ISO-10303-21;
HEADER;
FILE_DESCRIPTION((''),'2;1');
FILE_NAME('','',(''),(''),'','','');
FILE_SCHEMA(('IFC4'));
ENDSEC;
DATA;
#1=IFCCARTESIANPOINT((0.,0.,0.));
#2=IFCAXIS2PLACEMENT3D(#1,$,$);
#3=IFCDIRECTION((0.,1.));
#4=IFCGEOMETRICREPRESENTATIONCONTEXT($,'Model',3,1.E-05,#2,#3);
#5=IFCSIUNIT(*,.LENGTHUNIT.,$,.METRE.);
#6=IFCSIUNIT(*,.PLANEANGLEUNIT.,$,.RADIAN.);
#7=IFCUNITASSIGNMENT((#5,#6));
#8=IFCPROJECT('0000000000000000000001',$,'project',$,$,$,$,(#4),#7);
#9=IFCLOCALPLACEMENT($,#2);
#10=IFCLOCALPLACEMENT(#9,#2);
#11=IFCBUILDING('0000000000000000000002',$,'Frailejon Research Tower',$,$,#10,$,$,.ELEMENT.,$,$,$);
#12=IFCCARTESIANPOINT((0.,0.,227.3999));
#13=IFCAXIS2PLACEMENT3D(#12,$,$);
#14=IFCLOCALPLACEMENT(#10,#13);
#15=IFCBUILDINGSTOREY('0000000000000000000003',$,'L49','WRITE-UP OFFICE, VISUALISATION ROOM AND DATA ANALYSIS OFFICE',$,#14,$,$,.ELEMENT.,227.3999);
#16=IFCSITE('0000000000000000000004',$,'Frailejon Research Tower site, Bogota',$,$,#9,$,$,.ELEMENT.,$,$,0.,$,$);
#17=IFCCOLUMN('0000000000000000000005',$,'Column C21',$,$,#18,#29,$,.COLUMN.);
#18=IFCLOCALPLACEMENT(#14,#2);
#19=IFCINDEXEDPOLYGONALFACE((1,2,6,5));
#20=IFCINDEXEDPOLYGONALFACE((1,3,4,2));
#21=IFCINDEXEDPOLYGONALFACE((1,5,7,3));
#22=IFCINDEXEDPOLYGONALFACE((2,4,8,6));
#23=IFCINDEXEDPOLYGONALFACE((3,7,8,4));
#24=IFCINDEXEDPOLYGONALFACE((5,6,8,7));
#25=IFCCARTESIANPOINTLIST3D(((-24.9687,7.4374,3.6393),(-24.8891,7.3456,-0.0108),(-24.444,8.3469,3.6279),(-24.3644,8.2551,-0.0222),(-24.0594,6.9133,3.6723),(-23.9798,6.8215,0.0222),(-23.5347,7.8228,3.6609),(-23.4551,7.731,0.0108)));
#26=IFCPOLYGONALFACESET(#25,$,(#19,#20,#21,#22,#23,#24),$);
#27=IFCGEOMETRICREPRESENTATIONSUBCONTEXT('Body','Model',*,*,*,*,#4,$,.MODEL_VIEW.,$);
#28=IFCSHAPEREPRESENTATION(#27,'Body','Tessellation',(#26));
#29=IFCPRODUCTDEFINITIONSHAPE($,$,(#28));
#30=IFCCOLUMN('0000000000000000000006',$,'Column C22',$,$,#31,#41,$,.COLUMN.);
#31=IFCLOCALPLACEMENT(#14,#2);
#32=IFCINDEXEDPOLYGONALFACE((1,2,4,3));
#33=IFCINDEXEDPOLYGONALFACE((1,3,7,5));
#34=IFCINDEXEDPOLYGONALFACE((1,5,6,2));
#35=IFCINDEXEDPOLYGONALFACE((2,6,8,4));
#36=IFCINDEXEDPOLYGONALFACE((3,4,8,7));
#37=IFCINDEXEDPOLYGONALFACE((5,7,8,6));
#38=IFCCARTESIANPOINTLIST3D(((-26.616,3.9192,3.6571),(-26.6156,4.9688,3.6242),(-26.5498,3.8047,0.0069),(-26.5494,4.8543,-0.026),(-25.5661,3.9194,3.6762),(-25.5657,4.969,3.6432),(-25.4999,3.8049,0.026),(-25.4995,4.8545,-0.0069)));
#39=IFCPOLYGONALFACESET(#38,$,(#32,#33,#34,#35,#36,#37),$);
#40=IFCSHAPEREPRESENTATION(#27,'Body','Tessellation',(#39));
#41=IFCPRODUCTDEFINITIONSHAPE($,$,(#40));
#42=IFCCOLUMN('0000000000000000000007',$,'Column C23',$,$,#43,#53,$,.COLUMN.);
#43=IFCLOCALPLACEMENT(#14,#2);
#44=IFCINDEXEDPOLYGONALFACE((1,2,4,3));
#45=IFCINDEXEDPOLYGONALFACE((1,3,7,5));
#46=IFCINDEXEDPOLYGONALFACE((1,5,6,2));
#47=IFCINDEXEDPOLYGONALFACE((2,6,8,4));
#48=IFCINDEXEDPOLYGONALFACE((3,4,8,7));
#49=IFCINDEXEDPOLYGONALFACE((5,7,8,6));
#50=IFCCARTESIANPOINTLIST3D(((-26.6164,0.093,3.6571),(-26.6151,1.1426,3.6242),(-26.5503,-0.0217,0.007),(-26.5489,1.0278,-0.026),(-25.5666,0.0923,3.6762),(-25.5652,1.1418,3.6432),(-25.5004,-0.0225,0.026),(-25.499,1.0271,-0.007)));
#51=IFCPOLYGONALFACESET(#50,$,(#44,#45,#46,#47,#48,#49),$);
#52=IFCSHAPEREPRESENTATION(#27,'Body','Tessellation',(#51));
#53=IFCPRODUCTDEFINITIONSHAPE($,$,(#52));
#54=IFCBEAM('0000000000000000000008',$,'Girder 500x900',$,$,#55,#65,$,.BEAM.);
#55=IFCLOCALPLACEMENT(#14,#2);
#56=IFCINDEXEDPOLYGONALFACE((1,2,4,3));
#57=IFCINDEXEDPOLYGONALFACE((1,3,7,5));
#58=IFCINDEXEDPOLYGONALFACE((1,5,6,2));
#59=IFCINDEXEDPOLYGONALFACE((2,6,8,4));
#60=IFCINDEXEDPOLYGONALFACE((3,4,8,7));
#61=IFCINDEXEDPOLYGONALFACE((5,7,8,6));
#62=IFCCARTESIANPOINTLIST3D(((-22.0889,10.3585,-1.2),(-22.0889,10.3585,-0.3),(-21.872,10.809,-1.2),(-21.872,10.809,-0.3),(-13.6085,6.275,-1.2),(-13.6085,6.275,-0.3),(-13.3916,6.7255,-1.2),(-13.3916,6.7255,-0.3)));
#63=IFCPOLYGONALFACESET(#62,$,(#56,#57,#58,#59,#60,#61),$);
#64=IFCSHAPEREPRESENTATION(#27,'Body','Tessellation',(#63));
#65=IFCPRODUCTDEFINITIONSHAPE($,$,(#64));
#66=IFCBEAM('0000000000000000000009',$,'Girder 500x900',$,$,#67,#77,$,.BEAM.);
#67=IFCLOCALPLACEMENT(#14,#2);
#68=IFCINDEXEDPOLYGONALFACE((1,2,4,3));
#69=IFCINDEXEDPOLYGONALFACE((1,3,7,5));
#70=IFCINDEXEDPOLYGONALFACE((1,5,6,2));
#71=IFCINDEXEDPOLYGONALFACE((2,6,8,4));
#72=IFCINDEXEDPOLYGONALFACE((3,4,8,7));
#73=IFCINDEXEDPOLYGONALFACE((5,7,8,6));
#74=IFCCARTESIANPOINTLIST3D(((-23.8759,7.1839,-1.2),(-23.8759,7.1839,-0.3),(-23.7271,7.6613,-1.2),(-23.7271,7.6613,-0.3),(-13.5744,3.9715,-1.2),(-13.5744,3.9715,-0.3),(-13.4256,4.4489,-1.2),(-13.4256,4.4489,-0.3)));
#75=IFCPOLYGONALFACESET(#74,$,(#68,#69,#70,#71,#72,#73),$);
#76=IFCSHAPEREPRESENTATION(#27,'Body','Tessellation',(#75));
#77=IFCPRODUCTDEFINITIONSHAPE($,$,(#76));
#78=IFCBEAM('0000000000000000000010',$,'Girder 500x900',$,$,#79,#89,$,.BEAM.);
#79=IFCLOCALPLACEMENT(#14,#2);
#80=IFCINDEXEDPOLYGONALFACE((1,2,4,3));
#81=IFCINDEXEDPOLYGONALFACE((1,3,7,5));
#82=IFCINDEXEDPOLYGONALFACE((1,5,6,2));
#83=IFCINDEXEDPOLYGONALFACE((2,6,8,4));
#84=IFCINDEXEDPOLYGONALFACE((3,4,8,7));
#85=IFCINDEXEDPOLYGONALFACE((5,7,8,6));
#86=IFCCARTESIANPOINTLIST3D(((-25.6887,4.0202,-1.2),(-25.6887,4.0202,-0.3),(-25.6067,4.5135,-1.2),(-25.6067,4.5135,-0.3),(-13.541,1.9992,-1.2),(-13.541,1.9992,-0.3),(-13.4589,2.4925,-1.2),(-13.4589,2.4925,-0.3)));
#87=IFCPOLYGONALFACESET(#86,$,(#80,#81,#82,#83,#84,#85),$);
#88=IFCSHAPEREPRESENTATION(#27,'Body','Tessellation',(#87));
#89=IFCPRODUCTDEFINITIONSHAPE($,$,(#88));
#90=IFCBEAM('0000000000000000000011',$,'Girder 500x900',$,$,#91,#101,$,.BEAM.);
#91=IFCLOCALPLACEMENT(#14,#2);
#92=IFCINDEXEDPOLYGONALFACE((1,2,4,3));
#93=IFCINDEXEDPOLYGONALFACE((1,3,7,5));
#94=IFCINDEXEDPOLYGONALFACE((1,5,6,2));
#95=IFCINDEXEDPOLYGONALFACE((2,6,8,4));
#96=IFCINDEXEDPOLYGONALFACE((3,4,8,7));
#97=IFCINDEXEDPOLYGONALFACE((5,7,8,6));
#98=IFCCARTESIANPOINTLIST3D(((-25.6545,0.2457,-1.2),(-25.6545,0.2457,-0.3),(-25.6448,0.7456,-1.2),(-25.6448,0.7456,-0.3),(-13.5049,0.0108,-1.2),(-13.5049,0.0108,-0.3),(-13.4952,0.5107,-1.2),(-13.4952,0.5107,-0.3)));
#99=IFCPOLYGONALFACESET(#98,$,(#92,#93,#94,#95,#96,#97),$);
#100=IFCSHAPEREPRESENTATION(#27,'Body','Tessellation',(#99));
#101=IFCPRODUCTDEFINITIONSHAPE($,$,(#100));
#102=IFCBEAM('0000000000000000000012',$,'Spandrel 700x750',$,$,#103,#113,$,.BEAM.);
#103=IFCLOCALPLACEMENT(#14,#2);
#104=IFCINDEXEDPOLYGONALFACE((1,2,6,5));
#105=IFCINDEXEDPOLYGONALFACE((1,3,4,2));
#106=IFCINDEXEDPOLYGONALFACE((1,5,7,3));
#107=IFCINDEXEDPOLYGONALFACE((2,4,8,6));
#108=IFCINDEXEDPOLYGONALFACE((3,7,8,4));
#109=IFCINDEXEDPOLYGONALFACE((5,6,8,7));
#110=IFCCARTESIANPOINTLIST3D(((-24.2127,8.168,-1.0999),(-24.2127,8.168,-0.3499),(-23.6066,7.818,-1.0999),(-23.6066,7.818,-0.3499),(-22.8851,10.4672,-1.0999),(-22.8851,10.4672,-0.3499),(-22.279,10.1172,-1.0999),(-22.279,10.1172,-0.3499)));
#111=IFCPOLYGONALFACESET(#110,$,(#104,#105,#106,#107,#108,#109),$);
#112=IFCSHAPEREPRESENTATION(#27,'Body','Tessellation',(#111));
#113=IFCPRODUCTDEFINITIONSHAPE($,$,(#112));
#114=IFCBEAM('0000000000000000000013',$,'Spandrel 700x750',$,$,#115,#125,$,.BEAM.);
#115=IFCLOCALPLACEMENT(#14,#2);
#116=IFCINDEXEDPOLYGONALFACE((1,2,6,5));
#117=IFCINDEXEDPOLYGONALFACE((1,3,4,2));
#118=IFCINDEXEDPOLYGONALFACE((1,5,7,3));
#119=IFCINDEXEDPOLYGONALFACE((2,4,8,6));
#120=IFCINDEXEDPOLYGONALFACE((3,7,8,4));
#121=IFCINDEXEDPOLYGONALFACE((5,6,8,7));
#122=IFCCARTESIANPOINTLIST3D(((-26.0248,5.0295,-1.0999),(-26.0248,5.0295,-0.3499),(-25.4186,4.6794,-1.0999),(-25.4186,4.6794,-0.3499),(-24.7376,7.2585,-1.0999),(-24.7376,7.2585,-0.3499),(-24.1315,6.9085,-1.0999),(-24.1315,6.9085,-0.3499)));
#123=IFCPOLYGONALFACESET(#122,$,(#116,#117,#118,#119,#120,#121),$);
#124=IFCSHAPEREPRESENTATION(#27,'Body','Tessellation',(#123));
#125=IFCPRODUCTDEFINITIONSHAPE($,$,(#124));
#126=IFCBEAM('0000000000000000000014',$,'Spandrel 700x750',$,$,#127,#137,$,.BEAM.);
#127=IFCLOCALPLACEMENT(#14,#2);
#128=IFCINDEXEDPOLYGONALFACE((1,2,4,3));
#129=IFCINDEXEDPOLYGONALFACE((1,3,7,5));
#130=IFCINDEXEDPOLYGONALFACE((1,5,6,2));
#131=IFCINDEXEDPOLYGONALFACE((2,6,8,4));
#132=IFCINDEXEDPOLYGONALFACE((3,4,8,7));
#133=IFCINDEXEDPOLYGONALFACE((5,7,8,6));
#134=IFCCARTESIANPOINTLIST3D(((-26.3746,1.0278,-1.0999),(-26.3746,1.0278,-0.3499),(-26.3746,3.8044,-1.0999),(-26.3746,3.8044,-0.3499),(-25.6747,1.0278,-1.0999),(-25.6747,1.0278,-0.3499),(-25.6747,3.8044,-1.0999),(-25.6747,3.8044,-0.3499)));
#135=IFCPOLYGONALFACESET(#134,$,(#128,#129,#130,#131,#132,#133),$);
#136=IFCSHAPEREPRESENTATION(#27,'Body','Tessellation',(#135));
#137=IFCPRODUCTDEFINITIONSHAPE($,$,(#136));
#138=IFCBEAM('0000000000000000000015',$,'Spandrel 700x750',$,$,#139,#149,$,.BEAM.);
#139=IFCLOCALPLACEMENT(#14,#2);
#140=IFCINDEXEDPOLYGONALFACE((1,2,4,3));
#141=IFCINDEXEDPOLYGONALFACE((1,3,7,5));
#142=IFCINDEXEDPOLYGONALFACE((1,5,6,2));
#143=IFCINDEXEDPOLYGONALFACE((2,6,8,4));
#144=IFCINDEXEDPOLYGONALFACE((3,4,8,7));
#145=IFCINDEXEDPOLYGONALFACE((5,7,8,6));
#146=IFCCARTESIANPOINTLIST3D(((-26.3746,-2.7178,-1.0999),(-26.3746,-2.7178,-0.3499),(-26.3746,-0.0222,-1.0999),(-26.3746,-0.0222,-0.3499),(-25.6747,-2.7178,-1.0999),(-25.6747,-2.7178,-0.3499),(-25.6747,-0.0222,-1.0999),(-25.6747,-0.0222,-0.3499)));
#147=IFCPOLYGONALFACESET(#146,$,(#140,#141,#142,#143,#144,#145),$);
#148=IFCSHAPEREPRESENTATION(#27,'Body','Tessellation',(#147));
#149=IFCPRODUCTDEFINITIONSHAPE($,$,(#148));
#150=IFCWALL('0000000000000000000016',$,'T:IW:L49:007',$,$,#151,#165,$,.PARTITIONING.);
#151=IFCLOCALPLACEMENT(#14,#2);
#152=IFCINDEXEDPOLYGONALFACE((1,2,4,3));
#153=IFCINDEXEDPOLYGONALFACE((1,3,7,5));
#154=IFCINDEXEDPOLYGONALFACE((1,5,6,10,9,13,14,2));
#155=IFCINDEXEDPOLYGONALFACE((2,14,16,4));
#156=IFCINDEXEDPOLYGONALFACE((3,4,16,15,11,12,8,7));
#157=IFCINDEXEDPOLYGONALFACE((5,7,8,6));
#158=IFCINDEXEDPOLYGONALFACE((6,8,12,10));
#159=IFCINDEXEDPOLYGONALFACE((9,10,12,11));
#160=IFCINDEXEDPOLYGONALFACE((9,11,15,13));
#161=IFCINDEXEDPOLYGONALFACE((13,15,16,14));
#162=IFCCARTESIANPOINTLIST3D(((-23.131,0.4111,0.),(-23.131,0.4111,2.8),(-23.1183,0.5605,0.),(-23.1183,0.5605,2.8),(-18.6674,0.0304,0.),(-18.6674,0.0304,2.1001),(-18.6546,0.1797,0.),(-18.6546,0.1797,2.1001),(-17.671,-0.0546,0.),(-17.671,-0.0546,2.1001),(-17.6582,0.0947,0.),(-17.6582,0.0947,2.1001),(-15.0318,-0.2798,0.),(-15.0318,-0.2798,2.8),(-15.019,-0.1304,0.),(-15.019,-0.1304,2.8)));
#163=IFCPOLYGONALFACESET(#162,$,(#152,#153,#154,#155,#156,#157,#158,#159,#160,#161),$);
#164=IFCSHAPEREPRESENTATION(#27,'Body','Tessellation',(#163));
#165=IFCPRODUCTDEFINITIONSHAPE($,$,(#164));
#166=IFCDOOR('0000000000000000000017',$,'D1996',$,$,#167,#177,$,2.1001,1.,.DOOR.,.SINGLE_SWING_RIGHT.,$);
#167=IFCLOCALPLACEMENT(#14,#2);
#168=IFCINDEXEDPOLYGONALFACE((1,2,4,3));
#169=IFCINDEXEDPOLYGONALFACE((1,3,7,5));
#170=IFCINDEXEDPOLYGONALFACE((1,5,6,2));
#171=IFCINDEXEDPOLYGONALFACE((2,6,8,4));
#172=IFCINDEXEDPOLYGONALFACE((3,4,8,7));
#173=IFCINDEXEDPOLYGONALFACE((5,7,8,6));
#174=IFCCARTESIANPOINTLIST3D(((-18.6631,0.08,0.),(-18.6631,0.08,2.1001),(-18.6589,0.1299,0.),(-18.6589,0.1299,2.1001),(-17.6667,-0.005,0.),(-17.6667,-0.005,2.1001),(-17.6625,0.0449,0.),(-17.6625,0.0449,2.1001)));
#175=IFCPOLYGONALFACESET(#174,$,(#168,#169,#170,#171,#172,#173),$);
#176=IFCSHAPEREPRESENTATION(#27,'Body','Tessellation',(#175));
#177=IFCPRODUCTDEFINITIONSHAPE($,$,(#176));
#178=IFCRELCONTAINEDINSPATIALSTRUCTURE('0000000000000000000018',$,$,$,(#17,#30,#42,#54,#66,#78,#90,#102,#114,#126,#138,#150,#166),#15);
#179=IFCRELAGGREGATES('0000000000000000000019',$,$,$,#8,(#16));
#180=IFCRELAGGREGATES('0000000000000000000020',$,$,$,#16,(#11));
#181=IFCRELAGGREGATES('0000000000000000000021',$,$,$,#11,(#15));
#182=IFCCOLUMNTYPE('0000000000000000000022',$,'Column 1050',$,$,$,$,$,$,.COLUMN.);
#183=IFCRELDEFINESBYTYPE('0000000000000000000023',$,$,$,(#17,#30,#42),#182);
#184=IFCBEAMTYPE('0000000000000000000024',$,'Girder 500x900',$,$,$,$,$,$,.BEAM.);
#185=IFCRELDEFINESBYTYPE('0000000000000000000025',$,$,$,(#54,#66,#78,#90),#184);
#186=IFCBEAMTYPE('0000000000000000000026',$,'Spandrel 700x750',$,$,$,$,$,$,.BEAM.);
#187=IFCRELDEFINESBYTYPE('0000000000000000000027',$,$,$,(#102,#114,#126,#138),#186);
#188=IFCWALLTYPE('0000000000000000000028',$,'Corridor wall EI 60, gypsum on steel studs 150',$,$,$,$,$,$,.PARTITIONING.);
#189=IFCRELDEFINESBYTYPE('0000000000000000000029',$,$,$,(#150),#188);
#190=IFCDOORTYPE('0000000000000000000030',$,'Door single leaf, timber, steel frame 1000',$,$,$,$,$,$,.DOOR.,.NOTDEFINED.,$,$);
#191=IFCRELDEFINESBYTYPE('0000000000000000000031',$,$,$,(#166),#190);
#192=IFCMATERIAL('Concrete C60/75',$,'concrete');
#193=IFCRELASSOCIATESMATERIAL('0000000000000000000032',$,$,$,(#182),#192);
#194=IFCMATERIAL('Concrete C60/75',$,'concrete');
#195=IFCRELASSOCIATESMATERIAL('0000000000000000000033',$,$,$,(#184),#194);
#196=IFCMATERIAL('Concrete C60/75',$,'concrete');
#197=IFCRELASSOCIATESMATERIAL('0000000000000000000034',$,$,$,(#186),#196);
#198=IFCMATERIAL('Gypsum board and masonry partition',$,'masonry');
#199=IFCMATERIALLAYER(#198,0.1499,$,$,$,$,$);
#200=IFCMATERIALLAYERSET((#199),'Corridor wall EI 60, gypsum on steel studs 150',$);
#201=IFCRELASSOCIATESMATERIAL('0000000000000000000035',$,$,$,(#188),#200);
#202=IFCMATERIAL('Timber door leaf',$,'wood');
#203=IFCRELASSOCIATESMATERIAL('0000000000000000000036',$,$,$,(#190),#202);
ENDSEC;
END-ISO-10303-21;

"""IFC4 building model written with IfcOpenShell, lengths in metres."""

from ifc_helpers import new_model, si_unit, direction, frame, frame_2d, origin, origin_2d, place, context, subcontext, project, spatial, rectangle, extrude, material, layer, layer_set, material_profile, profile_set, type_object, element, fill, save


model = new_model("IFC4")

# Units and contexts
model_context = context("Model", 3, precision=1e-05, world=origin(), true_north=direction((0.0, 1.0)))
body_context = subcontext(model_context, "Body", "Model", "MODEL_VIEW")
ifc_project = project(units=[si_unit("LENGTHUNIT", "METRE"), si_unit("PLANEANGLEUNIT", "RADIAN")], contexts=[model_context])

# Site, building, storey
site_placement = place(None, origin())
site = spatial("IfcSite", under=ifc_project, at=site_placement, Name="Frailejon Research Tower site, Bogota", CompositionType="ELEMENT", RefElevation=0.0)
building_placement = place(site_placement, origin())
building = spatial("IfcBuilding", under=site, at=building_placement, Name="Frailejon Research Tower", CompositionType="ELEMENT")
storey_placement = place(building_placement, frame((0.0, 0.0, 227.3999)))
storey = spatial("IfcBuildingStorey", under=building, at=storey_placement, Name="L49", Description="WRITE-UP OFFICE, VISUALISATION ROOM AND DATA ANALYSIS OFFICE", CompositionType="ELEMENT", Elevation=227.3999)

# Columns
ifc_material_1 = material(Name="Concrete C60/75", Category="concrete")
ifc_material_profile_1 = material_profile(ifc_material_1, rectangle(XDim=1.05, YDim=1.05, at=origin_2d()), Name="Column 1050")
ifc_profile_set_1 = profile_set([ifc_material_profile_1], Name="Concrete C60/75")
column_type = type_object("IfcColumnType", Name="Column 1050", PredefinedType="COLUMN", material=ifc_profile_set_1)
column_placement = place(storey_placement, frame((-24.1721, 7.5383, 0.0), z_axis=(-0.021792, 0.025135, 0.999447), x_axis=(-0.499665, -0.86615, 0.010888)))
element("IfcColumn", 1, at=column_placement, inside=storey, type_object=column_type, Name="Column C21", PredefinedType="COLUMN", context=body_context, shape_type="SweptSolid", body=[
    extrude(rectangle(XDim=1.05, YDim=1.05, at=origin_2d()), origin(), (0.0, 0.0, 1.0), 3.6521),
])
for number, where, z_axis, x_axis, name in (
    (2, (-26.0247, 4.3296, 0.0), (-0.018114, 0.031349, 0.999344), (-0.000375, -0.999508, 0.031347), "Column C22"),
    (3, (-26.0247, 0.5027, 0.0), (-0.018114, 0.031415, 0.999342), (-0.001297, -0.999506, 0.031397), "Column C23"),
):
    element("IfcColumn", number, at=place(storey_placement, frame(where, z_axis=z_axis, x_axis=x_axis)), inside=storey, type_object=column_type, Name=name, PredefinedType="COLUMN", context=body_context, shape_type="SweptSolid", body=[
        extrude(rectangle(XDim=1.05, YDim=1.05, at=origin_2d()), origin(), (0.0, 0.0, 1.0), 3.6526),
    ])

# Beams
ifc_material_2 = material(Name="Concrete C60/75", Category="concrete")
ifc_material_profile_2 = material_profile(ifc_material_2, rectangle(XDim=0.5, YDim=0.8999, at=origin_2d()), Name="Girder 500x900")
ifc_profile_set_2 = profile_set([ifc_material_profile_2], Name="Concrete C60/75")
beam_type_1 = type_object("IfcBeamType", Name="Girder 500x900", PredefinedType="BEAM", material=ifc_profile_set_2)
beam_1_placement = place(storey_placement, frame((-21.9805, 10.5837, -0.75), z_axis=(0.900989, -0.433842, 0.0), x_axis=(0.433842, 0.900989, 0.0)))
element("IfcBeam", 4, at=beam_1_placement, inside=storey, type_object=beam_type_1, Name="Girder 500x900", PredefinedType="BEAM", context=body_context, shape_type="SweptSolid", body=[
    extrude(rectangle(XDim=0.5, YDim=0.8999, at=origin_2d()), origin(), (0.0, 0.0, 1.0), 9.4124),
])
beam_2_placement = place(storey_placement, frame((-23.8015, 7.4226, -0.75), z_axis=(0.95466, -0.297699, 0.0), x_axis=(0.297699, 0.95466, 0.0)))
element("IfcBeam", 5, at=beam_2_placement, inside=storey, type_object=beam_type_1, Name="Girder 500x900", PredefinedType="BEAM", context=body_context, shape_type="SweptSolid", body=[
    extrude(rectangle(XDim=0.5, YDim=0.8999, at=origin_2d()), origin(), (0.0, 0.0, 1.0), 10.7908),
])
beam_3_placement = place(storey_placement, frame((-25.6477, 4.2668, -0.75), z_axis=(0.986442, -0.164113, 0.0), x_axis=(0.164113, 0.986442, 0.0)))
element("IfcBeam", 6, at=beam_3_placement, inside=storey, type_object=beam_type_1, Name="Girder 500x900", PredefinedType="BEAM", context=body_context, shape_type="SweptSolid", body=[
    extrude(rectangle(XDim=0.5, YDim=0.8999, at=origin_2d()), origin(), (0.0, 0.0, 1.0), 12.3147),
])
beam_4_placement = place(storey_placement, frame((-25.6497, 0.4956, -0.75), z_axis=(0.999813, -0.019327, 0.0), x_axis=(0.019327, 0.999813, 0.0)))
element("IfcBeam", 7, at=beam_4_placement, inside=storey, type_object=beam_type_1, Name="Girder 500x900", PredefinedType="BEAM", context=body_context, shape_type="SweptSolid", body=[
    extrude(rectangle(XDim=0.5, YDim=0.8999, at=origin_2d()), origin(), (0.0, 0.0, 1.0), 12.1519),
])
ifc_material_3 = material(Name="Concrete C60/75", Category="concrete")
ifc_material_profile_3 = material_profile(ifc_material_3, rectangle(XDim=0.7, YDim=0.75, at=origin_2d()), Name="Spandrel 700x750")
ifc_profile_set_3 = profile_set([ifc_material_profile_3], Name="Concrete C60/75")
beam_type_2 = type_object("IfcBeamType", Name="Spandrel 700x750", PredefinedType="BEAM", material=ifc_profile_set_3)
beam_5_placement = place(storey_placement, frame((-22.582, 10.2922, -0.7249), z_axis=(-0.500036, -0.866005, 0.0), x_axis=(0.866005, -0.500036, 0.0)))
element("IfcBeam", 8, at=beam_5_placement, inside=storey, type_object=beam_type_2, Name="Spandrel 700x750", PredefinedType="BEAM", context=body_context, shape_type="SweptSolid", body=[
    extrude(rectangle(XDim=0.7, YDim=0.75, at=origin_2d()), origin(), (0.0, 0.0, 1.0), 2.655),
])
beam_6_placement = place(storey_placement, frame((-24.4346, 7.0835, -0.7249), z_axis=(-0.500056, -0.865993, 0.0), x_axis=(0.865993, -0.500056, 0.0)))
element("IfcBeam", 9, at=beam_6_placement, inside=storey, type_object=beam_type_2, Name="Spandrel 700x750", PredefinedType="BEAM", context=body_context, shape_type="SweptSolid", body=[
    extrude(rectangle(XDim=0.7, YDim=0.75, at=origin_2d()), origin(), (0.0, 0.0, 1.0), 2.574),
])
beam_7_placement = place(storey_placement, frame((-26.0247, 3.8044, -0.7249), z_axis=(0.0, -1.0, 0.0), x_axis=(1.0, 0.0, 0.0)))
element("IfcBeam", 10, at=beam_7_placement, inside=storey, type_object=beam_type_2, Name="Spandrel 700x750", PredefinedType="BEAM", context=body_context, shape_type="SweptSolid", body=[
    extrude(rectangle(XDim=0.7, YDim=0.75, at=origin_2d()), origin(), (0.0, 0.0, 1.0), 2.7766),
])
beam_8_placement = place(storey_placement, frame((-26.0247, -0.0222, -0.7249), z_axis=(0.0, -1.0, 0.0), x_axis=(1.0, 0.0, 0.0)))
element("IfcBeam", 11, at=beam_8_placement, inside=storey, type_object=beam_type_2, Name="Spandrel 700x750", PredefinedType="BEAM", context=body_context, shape_type="SweptSolid", body=[
    extrude(rectangle(XDim=0.7, YDim=0.75, at=origin_2d()), origin(), (0.0, 0.0, 1.0), 2.6956),
])

# Wall, opening, door
ifc_material_4 = material(Name="Gypsum board and masonry partition", Category="masonry")
ifc_layer_1 = layer(ifc_material_4, 0.1499)
ifc_layer_set_1 = layer_set([ifc_layer_1], Name="Corridor wall EI 60, gypsum on steel studs 150")
wall_type_1 = type_object("IfcWallType", Name="Corridor wall EI 60, gypsum on steel studs 150", PredefinedType="PARTITIONING", material=ifc_layer_set_1)
wall_1_placement = place(storey_placement, frame((-23.1248, 0.4858, 0.0), z_axis=(0.0, 0.0, 1.0), x_axis=(0.996381, -0.084997, 0.0)))
wall_1 = element("IfcWall", 12, at=wall_1_placement, inside=storey, type_object=wall_type_1, Name="T:IW:L49:007", PredefinedType="PARTITIONING", context=body_context, shape_type="SweptSolid", body=[
    extrude(rectangle(XDim=8.1287, YDim=0.1499, at=frame_2d((4.0645, 0.0))), origin(), (0.0, 0.0, 1.0), 2.8),
])
opening_1_placement = place(wall_1_placement, frame((4.48, 0.0, 0.0)))
opening_1 = element("IfcOpeningElement", 13, at=opening_1_placement, cuts=wall_1, PredefinedType="OPENING", context=body_context, shape_type="SweptSolid", body=[
    extrude(rectangle(XDim=1.0, YDim=2.1001, at=frame_2d((0.5, 1.05))), frame((0.0, 0.085, 0.0), z_axis=(0.0, -1.0, 0.0), x_axis=(1.0, 0.0, 0.0)), (0.0, 0.0, 1.0), 0.1699),
])
ifc_material_5 = material(Name="Timber door leaf", Category="wood")
door_type = type_object("IfcDoorType", Name="Door single leaf, timber, steel frame 1000", OperationType="NOTDEFINED", PredefinedType="DOOR", material=ifc_material_5)
door_placement = place(opening_1_placement, origin())
door = element("IfcDoor", 14, at=door_placement, inside=storey, type_object=door_type, Name="D1996", OperationType="SINGLE_SWING_RIGHT", OverallHeight=2.1001, OverallWidth=1.0, PredefinedType="DOOR", context=body_context, shape_type="SweptSolid", body=[
    extrude(rectangle(XDim=1.0, YDim=2.1001, at=frame_2d((0.5, 1.05))), frame((0.0, 0.0249, 0.0), z_axis=(0.0, -1.0, 0.0), x_axis=(1.0, 0.0, 0.0)), (0.0, 0.0, 1.0), 0.05),
])
fill(opening_1, door)

save(model, "model.ifc")
